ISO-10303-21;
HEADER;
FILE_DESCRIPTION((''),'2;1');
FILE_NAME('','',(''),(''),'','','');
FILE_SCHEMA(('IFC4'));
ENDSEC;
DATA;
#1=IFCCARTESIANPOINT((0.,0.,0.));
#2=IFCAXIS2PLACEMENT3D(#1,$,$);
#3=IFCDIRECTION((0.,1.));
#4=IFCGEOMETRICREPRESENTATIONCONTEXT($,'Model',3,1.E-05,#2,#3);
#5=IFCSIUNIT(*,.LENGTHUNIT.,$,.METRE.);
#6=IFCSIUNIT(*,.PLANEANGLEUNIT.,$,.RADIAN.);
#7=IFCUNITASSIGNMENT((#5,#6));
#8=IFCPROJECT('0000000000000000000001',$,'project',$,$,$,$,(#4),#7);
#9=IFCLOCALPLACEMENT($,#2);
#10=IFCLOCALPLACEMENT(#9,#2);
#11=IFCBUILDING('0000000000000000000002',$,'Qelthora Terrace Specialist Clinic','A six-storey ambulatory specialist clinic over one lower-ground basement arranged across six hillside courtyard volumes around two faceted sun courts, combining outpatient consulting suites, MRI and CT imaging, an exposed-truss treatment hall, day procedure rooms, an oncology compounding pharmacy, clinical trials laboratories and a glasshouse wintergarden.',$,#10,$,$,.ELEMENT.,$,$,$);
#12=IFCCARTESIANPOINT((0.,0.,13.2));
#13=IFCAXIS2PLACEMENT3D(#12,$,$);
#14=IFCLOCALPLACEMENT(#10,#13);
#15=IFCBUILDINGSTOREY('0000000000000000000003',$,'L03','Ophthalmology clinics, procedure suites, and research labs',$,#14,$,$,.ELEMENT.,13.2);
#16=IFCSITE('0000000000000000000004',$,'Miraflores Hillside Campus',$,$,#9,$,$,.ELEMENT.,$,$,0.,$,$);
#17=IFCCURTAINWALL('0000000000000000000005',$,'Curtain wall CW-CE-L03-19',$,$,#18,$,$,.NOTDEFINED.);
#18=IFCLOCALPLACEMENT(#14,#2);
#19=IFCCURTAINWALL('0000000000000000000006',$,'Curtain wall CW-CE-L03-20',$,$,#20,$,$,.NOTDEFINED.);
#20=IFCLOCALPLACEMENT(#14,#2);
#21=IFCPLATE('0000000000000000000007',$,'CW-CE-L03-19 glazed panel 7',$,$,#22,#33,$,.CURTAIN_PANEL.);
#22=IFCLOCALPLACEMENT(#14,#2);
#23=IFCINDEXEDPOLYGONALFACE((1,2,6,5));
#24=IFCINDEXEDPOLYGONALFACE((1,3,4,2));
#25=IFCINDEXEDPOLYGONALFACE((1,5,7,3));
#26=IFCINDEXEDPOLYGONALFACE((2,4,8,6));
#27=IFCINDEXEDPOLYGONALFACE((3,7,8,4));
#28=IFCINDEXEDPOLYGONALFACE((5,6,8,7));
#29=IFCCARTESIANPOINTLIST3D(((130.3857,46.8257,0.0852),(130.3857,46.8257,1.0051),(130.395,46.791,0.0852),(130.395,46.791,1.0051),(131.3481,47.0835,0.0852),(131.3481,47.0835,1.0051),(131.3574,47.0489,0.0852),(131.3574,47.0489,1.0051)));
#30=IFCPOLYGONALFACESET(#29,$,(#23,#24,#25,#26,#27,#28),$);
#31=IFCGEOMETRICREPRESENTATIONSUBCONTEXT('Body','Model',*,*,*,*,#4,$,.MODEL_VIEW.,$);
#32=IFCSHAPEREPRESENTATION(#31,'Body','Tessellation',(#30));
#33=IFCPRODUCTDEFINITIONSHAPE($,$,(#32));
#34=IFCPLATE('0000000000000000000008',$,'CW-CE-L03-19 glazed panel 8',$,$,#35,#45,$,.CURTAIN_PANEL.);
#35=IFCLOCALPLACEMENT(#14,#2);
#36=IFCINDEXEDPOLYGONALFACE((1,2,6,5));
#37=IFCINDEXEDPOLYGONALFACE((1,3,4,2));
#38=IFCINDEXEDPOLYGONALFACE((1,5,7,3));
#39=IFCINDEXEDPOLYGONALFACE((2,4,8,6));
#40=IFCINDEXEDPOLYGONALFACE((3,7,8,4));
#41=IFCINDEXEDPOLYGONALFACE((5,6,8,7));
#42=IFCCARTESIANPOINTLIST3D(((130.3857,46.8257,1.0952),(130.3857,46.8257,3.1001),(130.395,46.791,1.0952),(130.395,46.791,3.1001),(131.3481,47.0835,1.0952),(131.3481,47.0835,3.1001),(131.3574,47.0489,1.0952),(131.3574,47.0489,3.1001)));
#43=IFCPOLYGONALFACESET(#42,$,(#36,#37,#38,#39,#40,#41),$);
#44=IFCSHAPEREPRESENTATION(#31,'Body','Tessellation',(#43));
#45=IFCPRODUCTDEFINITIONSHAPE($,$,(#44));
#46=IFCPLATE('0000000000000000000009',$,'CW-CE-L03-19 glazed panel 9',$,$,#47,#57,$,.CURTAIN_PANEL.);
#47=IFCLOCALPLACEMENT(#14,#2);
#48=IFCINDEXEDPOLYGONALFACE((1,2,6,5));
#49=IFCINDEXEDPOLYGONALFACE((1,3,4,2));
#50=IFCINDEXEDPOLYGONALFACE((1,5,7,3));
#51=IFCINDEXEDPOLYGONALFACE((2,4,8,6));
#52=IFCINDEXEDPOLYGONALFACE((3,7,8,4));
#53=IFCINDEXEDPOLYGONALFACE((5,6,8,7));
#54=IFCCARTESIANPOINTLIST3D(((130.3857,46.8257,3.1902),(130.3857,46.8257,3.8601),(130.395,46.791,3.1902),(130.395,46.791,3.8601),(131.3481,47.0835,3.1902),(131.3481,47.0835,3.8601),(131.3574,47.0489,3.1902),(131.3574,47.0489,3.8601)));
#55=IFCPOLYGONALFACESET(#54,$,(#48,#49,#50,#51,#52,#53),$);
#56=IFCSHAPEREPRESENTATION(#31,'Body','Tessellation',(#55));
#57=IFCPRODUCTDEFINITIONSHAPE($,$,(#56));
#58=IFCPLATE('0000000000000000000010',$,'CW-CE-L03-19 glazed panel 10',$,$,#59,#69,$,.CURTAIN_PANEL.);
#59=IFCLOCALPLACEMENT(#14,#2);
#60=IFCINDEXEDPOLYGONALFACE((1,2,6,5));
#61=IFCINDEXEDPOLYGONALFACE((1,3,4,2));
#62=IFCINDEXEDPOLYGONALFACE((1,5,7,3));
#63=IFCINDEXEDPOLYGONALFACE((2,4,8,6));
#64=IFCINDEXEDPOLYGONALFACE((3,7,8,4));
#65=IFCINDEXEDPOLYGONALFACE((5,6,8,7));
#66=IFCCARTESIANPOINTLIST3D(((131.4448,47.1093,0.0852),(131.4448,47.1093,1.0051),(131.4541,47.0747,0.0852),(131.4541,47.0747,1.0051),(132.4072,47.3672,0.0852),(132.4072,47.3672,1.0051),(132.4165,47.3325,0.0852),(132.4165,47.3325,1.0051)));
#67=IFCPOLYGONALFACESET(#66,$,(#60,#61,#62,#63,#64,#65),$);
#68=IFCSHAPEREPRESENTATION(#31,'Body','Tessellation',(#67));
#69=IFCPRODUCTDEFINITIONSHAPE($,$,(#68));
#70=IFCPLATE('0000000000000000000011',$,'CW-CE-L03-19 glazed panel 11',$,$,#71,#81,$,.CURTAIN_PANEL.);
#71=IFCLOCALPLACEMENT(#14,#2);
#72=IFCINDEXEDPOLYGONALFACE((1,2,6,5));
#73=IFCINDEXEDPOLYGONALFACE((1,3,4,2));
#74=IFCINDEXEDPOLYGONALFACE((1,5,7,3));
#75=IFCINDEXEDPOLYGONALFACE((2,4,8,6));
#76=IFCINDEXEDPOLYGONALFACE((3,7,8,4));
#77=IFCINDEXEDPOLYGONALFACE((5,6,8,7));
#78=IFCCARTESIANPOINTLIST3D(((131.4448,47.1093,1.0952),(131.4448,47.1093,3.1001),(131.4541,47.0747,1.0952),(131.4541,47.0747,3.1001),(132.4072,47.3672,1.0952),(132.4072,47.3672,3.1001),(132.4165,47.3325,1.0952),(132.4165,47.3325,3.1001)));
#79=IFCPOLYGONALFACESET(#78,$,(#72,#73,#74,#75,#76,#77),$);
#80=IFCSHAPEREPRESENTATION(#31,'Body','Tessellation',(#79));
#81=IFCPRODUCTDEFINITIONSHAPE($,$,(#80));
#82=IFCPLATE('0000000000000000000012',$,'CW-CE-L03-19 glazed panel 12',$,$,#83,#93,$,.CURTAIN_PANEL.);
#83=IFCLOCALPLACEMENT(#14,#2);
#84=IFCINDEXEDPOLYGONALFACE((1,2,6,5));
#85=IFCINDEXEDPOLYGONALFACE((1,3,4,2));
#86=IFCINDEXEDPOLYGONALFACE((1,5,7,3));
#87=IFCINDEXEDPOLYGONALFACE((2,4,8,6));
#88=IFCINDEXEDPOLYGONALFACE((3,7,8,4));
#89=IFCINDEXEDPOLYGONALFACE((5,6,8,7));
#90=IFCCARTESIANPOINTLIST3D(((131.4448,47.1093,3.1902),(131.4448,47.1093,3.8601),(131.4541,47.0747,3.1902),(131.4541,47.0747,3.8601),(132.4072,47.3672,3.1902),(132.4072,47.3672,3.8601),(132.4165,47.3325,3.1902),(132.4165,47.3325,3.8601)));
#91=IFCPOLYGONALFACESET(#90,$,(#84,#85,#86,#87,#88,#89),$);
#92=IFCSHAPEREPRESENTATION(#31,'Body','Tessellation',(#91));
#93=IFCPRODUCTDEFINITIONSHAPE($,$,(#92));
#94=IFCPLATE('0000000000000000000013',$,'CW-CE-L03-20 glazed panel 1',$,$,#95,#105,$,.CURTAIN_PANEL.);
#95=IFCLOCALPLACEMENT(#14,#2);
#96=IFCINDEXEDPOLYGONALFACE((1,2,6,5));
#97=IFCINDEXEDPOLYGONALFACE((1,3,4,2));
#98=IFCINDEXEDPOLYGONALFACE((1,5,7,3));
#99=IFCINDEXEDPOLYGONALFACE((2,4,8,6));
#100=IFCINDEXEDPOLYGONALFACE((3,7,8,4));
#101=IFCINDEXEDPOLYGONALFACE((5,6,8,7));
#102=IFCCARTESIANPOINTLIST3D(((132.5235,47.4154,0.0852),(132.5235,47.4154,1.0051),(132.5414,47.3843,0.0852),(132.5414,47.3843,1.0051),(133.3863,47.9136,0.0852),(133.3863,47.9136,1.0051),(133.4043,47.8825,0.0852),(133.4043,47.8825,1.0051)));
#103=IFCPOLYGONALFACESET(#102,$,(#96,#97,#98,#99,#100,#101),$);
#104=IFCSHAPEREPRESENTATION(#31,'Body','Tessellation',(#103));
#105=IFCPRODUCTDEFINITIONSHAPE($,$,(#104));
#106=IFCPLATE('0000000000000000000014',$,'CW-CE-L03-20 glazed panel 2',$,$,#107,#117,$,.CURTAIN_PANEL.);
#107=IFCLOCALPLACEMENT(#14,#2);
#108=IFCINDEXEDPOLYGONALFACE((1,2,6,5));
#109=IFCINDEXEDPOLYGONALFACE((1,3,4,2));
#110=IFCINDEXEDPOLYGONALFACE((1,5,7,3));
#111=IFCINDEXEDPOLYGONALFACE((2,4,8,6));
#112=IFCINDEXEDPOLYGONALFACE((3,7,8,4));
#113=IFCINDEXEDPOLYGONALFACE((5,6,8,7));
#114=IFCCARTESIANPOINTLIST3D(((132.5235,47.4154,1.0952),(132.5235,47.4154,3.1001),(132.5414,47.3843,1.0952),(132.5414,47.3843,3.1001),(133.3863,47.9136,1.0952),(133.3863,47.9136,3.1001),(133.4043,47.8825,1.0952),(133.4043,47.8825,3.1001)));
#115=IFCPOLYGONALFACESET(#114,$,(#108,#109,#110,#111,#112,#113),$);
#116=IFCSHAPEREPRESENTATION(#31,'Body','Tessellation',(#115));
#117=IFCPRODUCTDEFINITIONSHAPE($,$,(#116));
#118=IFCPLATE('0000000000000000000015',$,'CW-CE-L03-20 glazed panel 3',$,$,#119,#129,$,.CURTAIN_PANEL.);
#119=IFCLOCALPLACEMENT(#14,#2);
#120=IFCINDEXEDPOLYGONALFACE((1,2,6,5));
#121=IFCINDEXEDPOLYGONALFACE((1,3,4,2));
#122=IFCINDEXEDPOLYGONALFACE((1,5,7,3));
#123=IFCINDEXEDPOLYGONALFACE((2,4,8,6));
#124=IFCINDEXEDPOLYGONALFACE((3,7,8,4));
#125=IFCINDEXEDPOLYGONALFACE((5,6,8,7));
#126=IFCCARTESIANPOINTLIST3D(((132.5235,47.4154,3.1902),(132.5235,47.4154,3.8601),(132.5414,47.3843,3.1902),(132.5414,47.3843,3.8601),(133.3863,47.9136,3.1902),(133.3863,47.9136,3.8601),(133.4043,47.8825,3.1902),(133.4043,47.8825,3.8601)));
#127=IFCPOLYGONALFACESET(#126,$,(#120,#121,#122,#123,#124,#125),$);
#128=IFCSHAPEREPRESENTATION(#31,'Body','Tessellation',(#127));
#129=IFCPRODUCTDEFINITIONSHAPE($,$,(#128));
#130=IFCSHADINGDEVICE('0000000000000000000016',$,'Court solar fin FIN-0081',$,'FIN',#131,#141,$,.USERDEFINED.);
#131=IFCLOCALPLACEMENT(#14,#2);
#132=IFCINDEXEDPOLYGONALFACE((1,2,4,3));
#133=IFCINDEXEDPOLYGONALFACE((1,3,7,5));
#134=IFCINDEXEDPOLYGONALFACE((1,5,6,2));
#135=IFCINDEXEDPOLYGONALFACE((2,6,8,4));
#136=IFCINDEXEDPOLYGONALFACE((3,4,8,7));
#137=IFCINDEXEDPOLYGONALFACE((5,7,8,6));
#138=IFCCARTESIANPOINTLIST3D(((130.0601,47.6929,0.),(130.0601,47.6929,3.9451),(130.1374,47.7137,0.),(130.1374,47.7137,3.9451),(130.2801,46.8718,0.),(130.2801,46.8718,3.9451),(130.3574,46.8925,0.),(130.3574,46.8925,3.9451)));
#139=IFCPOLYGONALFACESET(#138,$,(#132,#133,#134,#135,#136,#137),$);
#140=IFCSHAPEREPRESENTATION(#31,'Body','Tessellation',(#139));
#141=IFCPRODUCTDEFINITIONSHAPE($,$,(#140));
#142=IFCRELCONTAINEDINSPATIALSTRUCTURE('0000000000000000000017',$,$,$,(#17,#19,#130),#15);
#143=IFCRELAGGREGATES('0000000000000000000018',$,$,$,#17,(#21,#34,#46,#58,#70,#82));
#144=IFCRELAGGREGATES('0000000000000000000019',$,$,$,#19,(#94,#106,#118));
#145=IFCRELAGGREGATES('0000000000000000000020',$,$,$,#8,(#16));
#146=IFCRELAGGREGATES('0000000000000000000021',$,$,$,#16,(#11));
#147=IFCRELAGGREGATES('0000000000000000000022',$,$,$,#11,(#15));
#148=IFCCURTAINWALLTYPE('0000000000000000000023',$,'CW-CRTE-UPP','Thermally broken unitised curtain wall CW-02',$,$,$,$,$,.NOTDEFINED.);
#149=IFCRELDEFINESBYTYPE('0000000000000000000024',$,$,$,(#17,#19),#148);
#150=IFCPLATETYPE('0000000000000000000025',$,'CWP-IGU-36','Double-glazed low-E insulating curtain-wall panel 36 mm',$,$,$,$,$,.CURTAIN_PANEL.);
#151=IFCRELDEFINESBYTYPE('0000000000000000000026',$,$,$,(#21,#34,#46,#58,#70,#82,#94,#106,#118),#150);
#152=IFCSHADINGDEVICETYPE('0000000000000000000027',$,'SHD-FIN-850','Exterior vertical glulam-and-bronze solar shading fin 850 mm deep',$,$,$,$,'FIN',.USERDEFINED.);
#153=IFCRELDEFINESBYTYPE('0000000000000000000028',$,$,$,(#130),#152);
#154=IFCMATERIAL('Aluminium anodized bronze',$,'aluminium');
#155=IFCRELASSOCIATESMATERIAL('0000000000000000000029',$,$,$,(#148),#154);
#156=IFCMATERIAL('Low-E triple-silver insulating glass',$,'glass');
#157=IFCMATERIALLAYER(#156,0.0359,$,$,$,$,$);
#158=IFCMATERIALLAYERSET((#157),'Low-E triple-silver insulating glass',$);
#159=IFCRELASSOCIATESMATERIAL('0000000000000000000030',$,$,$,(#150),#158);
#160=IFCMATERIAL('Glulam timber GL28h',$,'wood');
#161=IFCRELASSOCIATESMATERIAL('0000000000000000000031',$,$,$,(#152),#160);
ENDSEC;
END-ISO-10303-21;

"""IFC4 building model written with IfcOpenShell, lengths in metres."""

from ifc_helpers import new_model, si_unit, direction, frame, origin, origin_2d, place, context, subcontext, project, spatial, rectangle, extrude, material, layer, layer_set, type_object, element, aggregate, save


model = new_model("IFC4")

# Units and contexts
model_context = context("Model", 3, precision=1e-05, world=origin(), true_north=direction((0.0, 1.0)))
body_context = subcontext(model_context, "Body", "Model", "MODEL_VIEW")
ifc_project = project(units=[si_unit("LENGTHUNIT", "METRE"), si_unit("PLANEANGLEUNIT", "RADIAN")], contexts=[model_context])

# Site, building, storey
site_placement = place(None, origin())
site = spatial("IfcSite", under=ifc_project, at=site_placement, Name="Miraflores Hillside Campus", CompositionType="ELEMENT", RefElevation=0.0)
building_placement = place(site_placement, origin())
building = spatial("IfcBuilding", under=site, at=building_placement, Name="Qelthora Terrace Specialist Clinic", Description="A six-storey ambulatory specialist clinic over one lower-ground basement arranged across six hillside courtyard volumes around two faceted sun courts, combining outpatient consulting suites, MRI and CT imaging, an exposed-truss treatment hall, day procedure rooms, an oncology compounding pharmacy, clinical trials laboratories and a glasshouse wintergarden.", CompositionType="ELEMENT")
storey_placement = place(building_placement, frame((0.0, 0.0, 13.2)))
storey = spatial("IfcBuildingStorey", under=building, at=storey_placement, Name="L03", Description="Ophthalmology clinics, procedure suites, and research labs", CompositionType="ELEMENT", Elevation=13.2)

# Curtain walls
ifc_material_1 = material(Name="Aluminium anodized bronze", Category="aluminium")
curtain_wall_type = type_object("IfcCurtainWallType", Name="CW-CRTE-UPP", Description="Thermally broken unitised curtain wall CW-02", PredefinedType="NOTDEFINED", material=ifc_material_1)
curtain_wall_1_placement = place(storey_placement, origin())
curtain_wall_1 = element("IfcCurtainWall", 1, at=curtain_wall_1_placement, inside=storey, type_object=curtain_wall_type, Name="Curtain wall CW-CE-L03-19", PredefinedType="NOTDEFINED")
curtain_wall_2_placement = place(storey_placement, origin())
curtain_wall_2 = element("IfcCurtainWall", 2, at=curtain_wall_2_placement, inside=storey, type_object=curtain_wall_type, Name="Curtain wall CW-CE-L03-20", PredefinedType="NOTDEFINED")

# Plates
ifc_material_2 = material(Name="Low-E triple-silver insulating glass", Category="glass")
ifc_layer = layer(ifc_material_2, 0.0359)
ifc_layer_set = layer_set([ifc_layer], Name="Low-E triple-silver insulating glass")
plate_type = type_object("IfcPlateType", Name="CWP-IGU-36", Description="Double-glazed low-E insulating curtain-wall panel 36 mm", PredefinedType="CURTAIN_PANEL", material=ifc_layer_set)
plate_1_placement = place(storey_placement, frame((130.8716, 46.9373, 0.0852), z_axis=(0.0, 0.0, 1.0), x_axis=(0.965926, 0.258819, 0.0)))
plate_1 = element("IfcPlate", 3, at=plate_1_placement, type_object=plate_type, Name="CW-CE-L03-19 glazed panel 7", PredefinedType="CURTAIN_PANEL", context=body_context, shape_type="SweptSolid", body=[
    extrude(rectangle(XDim=0.9963, YDim=0.0359, at=origin_2d()), origin(), (0.0, 0.0, 1.0), 0.9199),
])
plate_2_placement = place(storey_placement, frame((130.8716, 46.9373, 1.0952), z_axis=(0.0, 0.0, 1.0), x_axis=(0.965926, 0.258819, 0.0)))
plate_2 = element("IfcPlate", 4, at=plate_2_placement, type_object=plate_type, Name="CW-CE-L03-19 glazed panel 8", PredefinedType="CURTAIN_PANEL", context=body_context, shape_type="SweptSolid", body=[
    extrude(rectangle(XDim=0.9963, YDim=0.0359, at=origin_2d()), origin(), (0.0, 0.0, 1.0), 2.0049),
])
plate_3_placement = place(storey_placement, frame((130.8716, 46.9373, 3.1902), z_axis=(0.0, 0.0, 1.0), x_axis=(0.965926, 0.258819, 0.0)))
plate_3 = element("IfcPlate", 5, at=plate_3_placement, type_object=plate_type, Name="CW-CE-L03-19 glazed panel 9", PredefinedType="CURTAIN_PANEL", context=body_context, shape_type="SweptSolid", body=[
    extrude(rectangle(XDim=0.9963, YDim=0.0359, at=origin_2d()), origin(), (0.0, 0.0, 1.0), 0.6699),
])
plate_4_placement = place(storey_placement, frame((131.9307, 47.2209, 0.0852), z_axis=(0.0, 0.0, 1.0), x_axis=(0.965926, 0.258819, 0.0)))
plate_4 = element("IfcPlate", 6, at=plate_4_placement, type_object=plate_type, Name="CW-CE-L03-19 glazed panel 10", PredefinedType="CURTAIN_PANEL", context=body_context, shape_type="SweptSolid", body=[
    extrude(rectangle(XDim=0.9963, YDim=0.0359, at=origin_2d()), origin(), (0.0, 0.0, 1.0), 0.9199),
])
plate_5_placement = place(storey_placement, frame((131.9307, 47.2209, 1.0952), z_axis=(0.0, 0.0, 1.0), x_axis=(0.965926, 0.258819, 0.0)))
plate_5 = element("IfcPlate", 7, at=plate_5_placement, type_object=plate_type, Name="CW-CE-L03-19 glazed panel 11", PredefinedType="CURTAIN_PANEL", context=body_context, shape_type="SweptSolid", body=[
    extrude(rectangle(XDim=0.9963, YDim=0.0359, at=origin_2d()), origin(), (0.0, 0.0, 1.0), 2.0049),
])
plate_6_placement = place(storey_placement, frame((131.9307, 47.2209, 3.1902), z_axis=(0.0, 0.0, 1.0), x_axis=(0.965926, 0.258819, 0.0)))
plate_6 = element("IfcPlate", 8, at=plate_6_placement, type_object=plate_type, Name="CW-CE-L03-19 glazed panel 12", PredefinedType="CURTAIN_PANEL", context=body_context, shape_type="SweptSolid", body=[
    extrude(rectangle(XDim=0.9963, YDim=0.0359, at=origin_2d()), origin(), (0.0, 0.0, 1.0), 0.6699),
])
aggregate(curtain_wall_1, [plate_1, plate_2, plate_3, plate_4, plate_5, plate_6])
plate_7_placement = place(storey_placement, frame((132.9639, 47.6489, 0.0852), z_axis=(0.0, 0.0, 1.0), x_axis=(0.866025, 0.5, 0.0)))
plate_7 = element("IfcPlate", 9, at=plate_7_placement, type_object=plate_type, Name="CW-CE-L03-20 glazed panel 1", PredefinedType="CURTAIN_PANEL", context=body_context, shape_type="SweptSolid", body=[
    extrude(rectangle(XDim=0.9963, YDim=0.0359, at=origin_2d()), origin(), (0.0, 0.0, 1.0), 0.9199),
])
plate_8_placement = place(storey_placement, frame((132.9639, 47.6489, 1.0952), z_axis=(0.0, 0.0, 1.0), x_axis=(0.866025, 0.5, 0.0)))
plate_8 = element("IfcPlate", 10, at=plate_8_placement, type_object=plate_type, Name="CW-CE-L03-20 glazed panel 2", PredefinedType="CURTAIN_PANEL", context=body_context, shape_type="SweptSolid", body=[
    extrude(rectangle(XDim=0.9963, YDim=0.0359, at=origin_2d()), origin(), (0.0, 0.0, 1.0), 2.0049),
])
plate_9_placement = place(storey_placement, frame((132.9639, 47.6489, 3.1902), z_axis=(0.0, 0.0, 1.0), x_axis=(0.866025, 0.5, 0.0)))
plate_9 = element("IfcPlate", 11, at=plate_9_placement, type_object=plate_type, Name="CW-CE-L03-20 glazed panel 3", PredefinedType="CURTAIN_PANEL", context=body_context, shape_type="SweptSolid", body=[
    extrude(rectangle(XDim=0.9963, YDim=0.0359, at=origin_2d()), origin(), (0.0, 0.0, 1.0), 0.6699),
])
aggregate(curtain_wall_2, [plate_7, plate_8, plate_9])

# Shading device
ifc_material_3 = material(Name="Glulam timber GL28h", Category="wood")
shading_device_type = type_object("IfcShadingDeviceType", Name="SHD-FIN-850", Description="Exterior vertical glulam-and-bronze solar shading fin 850 mm deep", ElementType="FIN", PredefinedType="USERDEFINED", material=ifc_material_3)
shading_device_placement = place(storey_placement, frame((130.2087, 47.2927, 0.0), z_axis=(0.0, 0.0, 1.0), x_axis=(-0.258819, 0.965926, 0.0)))
element("IfcShadingDevice", 12, at=shading_device_placement, inside=storey, type_object=shading_device_type, Name="Court solar fin FIN-0081", ObjectType="FIN", PredefinedType="USERDEFINED", context=body_context, shape_type="SweptSolid", body=[
    extrude(rectangle(XDim=0.8501, YDim=0.0801, at=origin_2d()), origin(), (0.0, 0.0, 1.0), 3.9451),
])

save(model, "model.ifc")
